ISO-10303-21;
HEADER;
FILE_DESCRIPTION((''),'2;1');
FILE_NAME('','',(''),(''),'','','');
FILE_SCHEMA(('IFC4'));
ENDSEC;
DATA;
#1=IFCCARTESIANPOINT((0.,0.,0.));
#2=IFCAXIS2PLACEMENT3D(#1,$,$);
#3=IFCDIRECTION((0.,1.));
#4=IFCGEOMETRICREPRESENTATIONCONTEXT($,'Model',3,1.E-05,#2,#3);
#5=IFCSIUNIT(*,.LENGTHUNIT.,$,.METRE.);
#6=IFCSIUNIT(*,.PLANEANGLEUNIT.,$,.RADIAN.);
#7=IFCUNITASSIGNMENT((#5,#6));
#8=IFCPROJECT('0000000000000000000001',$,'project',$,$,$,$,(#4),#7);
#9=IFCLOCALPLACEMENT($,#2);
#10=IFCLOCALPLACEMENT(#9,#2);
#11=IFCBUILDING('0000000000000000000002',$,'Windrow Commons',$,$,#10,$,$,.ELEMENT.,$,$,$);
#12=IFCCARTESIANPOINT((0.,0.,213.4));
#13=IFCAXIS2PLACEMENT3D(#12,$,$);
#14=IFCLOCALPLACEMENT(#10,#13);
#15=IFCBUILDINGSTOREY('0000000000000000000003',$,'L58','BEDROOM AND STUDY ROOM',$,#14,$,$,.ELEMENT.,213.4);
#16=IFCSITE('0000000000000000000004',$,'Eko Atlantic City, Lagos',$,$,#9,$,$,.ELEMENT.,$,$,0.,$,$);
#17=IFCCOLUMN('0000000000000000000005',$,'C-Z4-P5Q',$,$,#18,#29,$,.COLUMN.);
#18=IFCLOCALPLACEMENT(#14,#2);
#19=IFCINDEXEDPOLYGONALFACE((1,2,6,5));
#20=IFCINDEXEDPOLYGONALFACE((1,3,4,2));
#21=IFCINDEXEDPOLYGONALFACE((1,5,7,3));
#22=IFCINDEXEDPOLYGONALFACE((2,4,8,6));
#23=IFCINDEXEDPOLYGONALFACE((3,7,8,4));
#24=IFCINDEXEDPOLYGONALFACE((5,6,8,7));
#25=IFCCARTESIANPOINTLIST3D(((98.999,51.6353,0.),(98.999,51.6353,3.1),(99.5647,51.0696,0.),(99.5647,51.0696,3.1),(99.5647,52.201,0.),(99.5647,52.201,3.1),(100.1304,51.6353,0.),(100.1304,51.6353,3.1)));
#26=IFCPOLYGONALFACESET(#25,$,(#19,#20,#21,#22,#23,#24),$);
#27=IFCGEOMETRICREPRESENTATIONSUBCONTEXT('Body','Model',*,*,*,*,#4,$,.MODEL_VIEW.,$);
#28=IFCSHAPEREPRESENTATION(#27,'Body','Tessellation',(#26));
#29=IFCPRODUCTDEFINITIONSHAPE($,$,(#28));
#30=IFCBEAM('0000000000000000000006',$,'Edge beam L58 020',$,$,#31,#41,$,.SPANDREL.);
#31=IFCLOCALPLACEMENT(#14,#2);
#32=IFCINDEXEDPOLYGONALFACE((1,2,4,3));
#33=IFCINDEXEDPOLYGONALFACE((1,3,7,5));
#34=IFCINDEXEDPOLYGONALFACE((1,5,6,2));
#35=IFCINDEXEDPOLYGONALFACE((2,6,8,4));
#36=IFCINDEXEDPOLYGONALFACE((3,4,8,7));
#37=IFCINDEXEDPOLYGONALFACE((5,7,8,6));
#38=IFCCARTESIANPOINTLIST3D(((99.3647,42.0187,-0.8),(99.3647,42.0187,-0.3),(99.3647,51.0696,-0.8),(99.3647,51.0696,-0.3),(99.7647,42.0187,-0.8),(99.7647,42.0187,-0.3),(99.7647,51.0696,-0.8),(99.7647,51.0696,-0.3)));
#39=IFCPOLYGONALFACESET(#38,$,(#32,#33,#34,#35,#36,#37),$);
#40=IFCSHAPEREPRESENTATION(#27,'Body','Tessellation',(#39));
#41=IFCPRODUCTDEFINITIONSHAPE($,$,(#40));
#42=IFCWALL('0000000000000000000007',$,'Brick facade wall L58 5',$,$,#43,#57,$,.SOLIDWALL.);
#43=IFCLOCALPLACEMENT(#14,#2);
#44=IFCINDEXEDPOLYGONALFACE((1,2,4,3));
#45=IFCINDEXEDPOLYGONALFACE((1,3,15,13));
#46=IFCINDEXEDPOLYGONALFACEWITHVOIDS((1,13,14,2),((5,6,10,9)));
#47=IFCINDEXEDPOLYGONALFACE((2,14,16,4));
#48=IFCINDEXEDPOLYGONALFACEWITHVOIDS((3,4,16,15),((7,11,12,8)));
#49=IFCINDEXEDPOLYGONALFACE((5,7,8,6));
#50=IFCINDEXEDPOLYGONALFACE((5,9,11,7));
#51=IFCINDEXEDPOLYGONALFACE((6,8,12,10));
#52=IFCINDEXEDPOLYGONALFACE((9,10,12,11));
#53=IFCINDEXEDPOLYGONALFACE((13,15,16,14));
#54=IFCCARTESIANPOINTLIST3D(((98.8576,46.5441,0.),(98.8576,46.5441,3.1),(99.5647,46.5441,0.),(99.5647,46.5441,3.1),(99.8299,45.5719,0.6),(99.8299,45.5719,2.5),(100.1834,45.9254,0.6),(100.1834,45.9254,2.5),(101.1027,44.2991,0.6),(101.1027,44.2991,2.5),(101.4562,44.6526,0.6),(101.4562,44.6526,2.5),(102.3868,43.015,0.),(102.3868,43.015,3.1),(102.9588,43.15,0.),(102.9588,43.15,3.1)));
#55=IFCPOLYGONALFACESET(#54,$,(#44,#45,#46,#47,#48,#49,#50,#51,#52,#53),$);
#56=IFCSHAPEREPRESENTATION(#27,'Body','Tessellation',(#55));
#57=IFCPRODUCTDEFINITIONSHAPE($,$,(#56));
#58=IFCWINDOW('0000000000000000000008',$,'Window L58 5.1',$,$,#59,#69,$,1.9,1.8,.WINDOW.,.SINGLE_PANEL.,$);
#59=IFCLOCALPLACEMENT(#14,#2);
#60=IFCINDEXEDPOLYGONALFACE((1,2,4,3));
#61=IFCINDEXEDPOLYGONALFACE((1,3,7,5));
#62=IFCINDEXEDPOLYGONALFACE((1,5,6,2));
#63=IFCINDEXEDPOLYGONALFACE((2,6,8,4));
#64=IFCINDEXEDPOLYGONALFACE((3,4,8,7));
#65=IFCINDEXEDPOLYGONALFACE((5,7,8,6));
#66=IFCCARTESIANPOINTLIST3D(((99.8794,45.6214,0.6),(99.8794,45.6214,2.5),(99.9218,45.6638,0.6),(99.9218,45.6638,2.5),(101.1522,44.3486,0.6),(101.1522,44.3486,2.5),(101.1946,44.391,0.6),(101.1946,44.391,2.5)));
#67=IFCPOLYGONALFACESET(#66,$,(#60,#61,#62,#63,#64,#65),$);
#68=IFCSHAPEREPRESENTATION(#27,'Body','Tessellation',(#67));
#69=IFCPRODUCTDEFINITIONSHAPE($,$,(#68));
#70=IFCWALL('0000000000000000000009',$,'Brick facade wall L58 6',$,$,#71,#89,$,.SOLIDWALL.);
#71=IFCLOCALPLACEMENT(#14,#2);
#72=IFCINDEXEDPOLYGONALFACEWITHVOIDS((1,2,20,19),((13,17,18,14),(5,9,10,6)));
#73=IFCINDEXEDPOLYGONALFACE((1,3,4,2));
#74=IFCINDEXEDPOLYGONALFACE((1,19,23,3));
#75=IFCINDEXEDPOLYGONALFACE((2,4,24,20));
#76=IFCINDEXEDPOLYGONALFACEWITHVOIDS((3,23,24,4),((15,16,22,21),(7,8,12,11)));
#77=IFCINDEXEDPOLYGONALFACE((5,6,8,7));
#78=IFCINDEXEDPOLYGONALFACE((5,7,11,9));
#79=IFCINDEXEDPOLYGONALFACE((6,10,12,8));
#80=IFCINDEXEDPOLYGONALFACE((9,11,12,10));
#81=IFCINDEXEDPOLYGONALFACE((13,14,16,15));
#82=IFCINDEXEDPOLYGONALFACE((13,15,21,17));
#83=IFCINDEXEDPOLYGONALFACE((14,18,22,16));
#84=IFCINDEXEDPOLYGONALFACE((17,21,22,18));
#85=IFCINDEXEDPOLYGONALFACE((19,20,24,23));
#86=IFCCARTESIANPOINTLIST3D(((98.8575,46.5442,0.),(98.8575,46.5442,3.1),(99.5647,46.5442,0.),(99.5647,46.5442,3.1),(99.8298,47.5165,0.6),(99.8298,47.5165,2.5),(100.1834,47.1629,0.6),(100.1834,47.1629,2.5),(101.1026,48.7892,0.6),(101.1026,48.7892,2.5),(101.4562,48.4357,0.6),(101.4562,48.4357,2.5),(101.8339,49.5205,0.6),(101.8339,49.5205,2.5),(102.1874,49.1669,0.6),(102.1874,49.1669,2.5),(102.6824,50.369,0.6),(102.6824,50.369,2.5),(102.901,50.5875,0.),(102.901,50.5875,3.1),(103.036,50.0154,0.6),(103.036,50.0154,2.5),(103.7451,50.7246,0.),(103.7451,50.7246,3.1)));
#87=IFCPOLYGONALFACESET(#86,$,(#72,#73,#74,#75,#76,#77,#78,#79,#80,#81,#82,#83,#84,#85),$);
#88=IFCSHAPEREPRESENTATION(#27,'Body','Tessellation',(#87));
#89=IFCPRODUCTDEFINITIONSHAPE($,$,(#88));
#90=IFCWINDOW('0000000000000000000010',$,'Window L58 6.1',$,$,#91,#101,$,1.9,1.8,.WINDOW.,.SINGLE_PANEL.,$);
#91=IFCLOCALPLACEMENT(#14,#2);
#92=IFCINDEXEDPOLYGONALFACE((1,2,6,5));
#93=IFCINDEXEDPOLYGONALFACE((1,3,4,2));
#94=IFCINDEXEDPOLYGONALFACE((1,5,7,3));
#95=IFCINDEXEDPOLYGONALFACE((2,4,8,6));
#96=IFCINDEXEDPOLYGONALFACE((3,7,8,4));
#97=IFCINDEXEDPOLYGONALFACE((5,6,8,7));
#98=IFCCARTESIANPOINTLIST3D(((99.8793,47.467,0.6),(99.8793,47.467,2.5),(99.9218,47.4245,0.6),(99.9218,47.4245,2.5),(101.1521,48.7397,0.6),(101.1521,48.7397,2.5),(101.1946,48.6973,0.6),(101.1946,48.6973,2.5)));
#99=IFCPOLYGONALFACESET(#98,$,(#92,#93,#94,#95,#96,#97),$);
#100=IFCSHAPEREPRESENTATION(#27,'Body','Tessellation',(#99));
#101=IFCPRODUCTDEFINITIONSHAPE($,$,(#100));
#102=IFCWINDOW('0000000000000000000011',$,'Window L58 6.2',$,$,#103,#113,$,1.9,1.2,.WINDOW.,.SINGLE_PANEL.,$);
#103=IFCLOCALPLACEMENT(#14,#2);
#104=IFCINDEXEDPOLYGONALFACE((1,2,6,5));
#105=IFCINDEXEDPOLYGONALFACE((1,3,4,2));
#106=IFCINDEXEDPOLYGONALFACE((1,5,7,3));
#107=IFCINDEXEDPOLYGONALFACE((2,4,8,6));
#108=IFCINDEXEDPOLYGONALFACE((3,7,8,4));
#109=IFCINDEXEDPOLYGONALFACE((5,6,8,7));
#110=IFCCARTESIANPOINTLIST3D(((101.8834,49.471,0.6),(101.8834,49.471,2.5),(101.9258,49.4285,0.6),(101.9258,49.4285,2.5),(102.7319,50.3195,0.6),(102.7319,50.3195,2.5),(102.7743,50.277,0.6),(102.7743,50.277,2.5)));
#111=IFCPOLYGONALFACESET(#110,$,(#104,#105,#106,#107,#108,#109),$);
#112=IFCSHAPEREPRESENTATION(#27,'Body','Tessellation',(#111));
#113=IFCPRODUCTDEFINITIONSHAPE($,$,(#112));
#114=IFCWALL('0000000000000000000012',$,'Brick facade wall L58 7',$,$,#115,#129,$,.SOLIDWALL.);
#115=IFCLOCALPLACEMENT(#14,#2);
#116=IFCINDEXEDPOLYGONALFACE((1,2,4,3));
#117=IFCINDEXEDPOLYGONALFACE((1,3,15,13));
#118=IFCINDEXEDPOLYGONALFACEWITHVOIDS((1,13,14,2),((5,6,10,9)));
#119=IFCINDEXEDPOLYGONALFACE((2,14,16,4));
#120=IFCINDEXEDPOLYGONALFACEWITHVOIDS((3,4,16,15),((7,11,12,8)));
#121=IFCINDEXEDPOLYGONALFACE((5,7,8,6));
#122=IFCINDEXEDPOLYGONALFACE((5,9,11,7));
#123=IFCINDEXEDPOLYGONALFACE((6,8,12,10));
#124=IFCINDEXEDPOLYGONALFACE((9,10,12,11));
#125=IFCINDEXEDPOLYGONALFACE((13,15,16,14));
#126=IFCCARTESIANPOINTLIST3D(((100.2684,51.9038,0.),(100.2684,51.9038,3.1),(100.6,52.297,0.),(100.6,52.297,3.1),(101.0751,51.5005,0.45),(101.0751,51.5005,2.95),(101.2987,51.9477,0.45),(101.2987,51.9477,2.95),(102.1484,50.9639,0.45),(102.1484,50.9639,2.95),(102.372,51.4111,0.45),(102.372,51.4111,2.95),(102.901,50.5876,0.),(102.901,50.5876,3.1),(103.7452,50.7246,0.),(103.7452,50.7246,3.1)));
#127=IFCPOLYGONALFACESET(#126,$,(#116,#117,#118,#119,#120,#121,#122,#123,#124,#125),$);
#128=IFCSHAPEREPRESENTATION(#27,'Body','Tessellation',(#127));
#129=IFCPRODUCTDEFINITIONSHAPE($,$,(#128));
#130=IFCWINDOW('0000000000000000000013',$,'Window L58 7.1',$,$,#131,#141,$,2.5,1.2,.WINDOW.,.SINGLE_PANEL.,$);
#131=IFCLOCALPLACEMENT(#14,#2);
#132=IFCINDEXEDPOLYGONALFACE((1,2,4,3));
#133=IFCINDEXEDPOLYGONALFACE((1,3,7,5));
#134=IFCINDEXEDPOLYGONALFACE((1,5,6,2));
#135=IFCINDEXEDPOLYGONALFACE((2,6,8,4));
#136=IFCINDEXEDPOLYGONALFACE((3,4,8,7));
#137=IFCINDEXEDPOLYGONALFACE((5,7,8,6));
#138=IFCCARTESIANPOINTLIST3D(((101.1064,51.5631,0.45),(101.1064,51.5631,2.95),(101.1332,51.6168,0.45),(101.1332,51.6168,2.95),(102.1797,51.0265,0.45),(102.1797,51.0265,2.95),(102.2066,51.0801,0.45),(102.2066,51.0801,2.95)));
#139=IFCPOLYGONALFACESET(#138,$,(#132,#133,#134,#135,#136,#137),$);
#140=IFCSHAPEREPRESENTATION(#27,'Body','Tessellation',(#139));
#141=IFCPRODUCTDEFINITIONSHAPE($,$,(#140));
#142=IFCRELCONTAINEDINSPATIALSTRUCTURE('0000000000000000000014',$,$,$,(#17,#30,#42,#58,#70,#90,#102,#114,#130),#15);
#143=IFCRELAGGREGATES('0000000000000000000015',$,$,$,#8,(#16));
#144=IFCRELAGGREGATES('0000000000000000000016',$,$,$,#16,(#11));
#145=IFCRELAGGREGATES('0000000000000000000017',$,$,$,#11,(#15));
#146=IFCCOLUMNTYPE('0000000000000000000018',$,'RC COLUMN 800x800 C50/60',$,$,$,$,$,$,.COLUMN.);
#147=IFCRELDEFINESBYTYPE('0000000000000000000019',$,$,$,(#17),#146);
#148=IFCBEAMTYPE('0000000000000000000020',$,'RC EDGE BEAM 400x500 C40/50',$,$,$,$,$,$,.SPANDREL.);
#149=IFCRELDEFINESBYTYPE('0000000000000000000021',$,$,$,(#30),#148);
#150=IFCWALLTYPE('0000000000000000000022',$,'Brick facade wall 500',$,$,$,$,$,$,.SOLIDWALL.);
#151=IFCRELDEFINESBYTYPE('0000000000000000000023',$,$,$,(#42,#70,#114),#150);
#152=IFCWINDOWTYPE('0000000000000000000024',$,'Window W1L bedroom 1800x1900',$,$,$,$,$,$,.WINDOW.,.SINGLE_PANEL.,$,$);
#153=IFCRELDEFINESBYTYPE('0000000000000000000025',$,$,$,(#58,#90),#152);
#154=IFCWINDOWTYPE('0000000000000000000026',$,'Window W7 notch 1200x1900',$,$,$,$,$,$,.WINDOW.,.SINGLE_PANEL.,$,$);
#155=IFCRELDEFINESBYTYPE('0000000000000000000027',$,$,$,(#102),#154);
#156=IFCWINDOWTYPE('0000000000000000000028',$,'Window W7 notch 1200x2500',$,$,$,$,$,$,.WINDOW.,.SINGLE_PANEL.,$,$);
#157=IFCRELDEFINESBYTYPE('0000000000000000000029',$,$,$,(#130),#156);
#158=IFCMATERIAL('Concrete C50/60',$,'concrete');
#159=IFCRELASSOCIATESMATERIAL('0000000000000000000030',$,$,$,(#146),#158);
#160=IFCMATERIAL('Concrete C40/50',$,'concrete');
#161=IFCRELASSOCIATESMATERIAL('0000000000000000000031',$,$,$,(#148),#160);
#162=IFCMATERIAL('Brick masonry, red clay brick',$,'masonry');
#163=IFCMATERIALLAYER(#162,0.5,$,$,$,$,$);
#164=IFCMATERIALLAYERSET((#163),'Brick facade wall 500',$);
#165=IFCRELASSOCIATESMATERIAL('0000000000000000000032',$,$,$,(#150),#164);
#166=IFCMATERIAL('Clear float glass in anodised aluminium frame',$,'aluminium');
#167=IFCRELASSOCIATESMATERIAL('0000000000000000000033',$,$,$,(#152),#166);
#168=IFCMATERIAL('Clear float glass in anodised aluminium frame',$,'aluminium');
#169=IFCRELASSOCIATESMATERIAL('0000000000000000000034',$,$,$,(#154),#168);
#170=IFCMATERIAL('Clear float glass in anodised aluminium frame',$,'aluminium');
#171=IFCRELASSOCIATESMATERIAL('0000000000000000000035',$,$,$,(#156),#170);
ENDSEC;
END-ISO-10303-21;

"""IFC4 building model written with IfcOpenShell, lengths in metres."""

from ifc_helpers import new_model, si_unit, direction, frame, frame_2d, origin, origin_2d, place, context, subcontext, project, spatial, polyline, rectangle, outline, extrude, material, layer, layer_set, material_profile, profile_set, type_object, element, fill, save


model = new_model("IFC4")

# Units and contexts
model_context = context("Model", 3, precision=1e-05, world=origin(), true_north=direction((0.0, 1.0)))
body_context = subcontext(model_context, "Body", "Model", "MODEL_VIEW")
ifc_project = project(units=[si_unit("LENGTHUNIT", "METRE"), si_unit("PLANEANGLEUNIT", "RADIAN")], contexts=[model_context])

# Site, building, storey
site_placement = place(None, origin())
site = spatial("IfcSite", under=ifc_project, at=site_placement, Name="Eko Atlantic City, Lagos", CompositionType="ELEMENT", RefElevation=0.0)
building_placement = place(site_placement, origin())
building = spatial("IfcBuilding", under=site, at=building_placement, Name="Windrow Commons", CompositionType="ELEMENT")
storey_placement = place(building_placement, frame((0.0, 0.0, 213.4)))
storey = spatial("IfcBuildingStorey", under=building, at=storey_placement, Name="L58", Description="BEDROOM AND STUDY ROOM", CompositionType="ELEMENT", Elevation=213.4)

# Column
ifc_material_1 = material(Name="Concrete C50/60", Category="concrete")
ifc_material_profile_1 = material_profile(ifc_material_1, rectangle(XDim=0.8, YDim=0.8, at=origin_2d()))
ifc_profile_set_1 = profile_set([ifc_material_profile_1], Name="Concrete C50/60")
column_type = type_object("IfcColumnType", Name="RC COLUMN 800x800 C50/60", PredefinedType="COLUMN", material=ifc_profile_set_1)
column_placement = place(storey_placement, frame((99.5647, 51.6353, 0.0), z_axis=(0.0, 0.0, 1.0), x_axis=(0.707107, -0.707107, 0.0)))
element("IfcColumn", 1, at=column_placement, inside=storey, type_object=column_type, Name="C-Z4-P5Q", PredefinedType="COLUMN", context=body_context, shape_type="SweptSolid", body=[
    extrude(rectangle(XDim=0.8, YDim=0.8, at=origin_2d()), origin(), (0.0, 0.0, 1.0), 3.1),
])

# Beam
ifc_material_2 = material(Name="Concrete C40/50", Category="concrete")
ifc_material_profile_2 = material_profile(ifc_material_2, rectangle(XDim=0.4, YDim=0.5, at=origin_2d()))
ifc_profile_set_2 = profile_set([ifc_material_profile_2], Name="Concrete C40/50")
beam_type = type_object("IfcBeamType", Name="RC EDGE BEAM 400x500 C40/50", PredefinedType="SPANDREL", material=ifc_profile_set_2)
beam_placement = place(storey_placement, frame((99.5647, 51.0696, -0.55), z_axis=(0.0, -1.0, 0.0), x_axis=(1.0, 0.0, 0.0)))
element("IfcBeam", 2, at=beam_placement, inside=storey, type_object=beam_type, Name="Edge beam L58 020", PredefinedType="SPANDREL", context=body_context, shape_type="SweptSolid", body=[
    extrude(rectangle(XDim=0.4, YDim=0.5, at=origin_2d()), origin(), (0.0, 0.0, 1.0), 9.0509),
])

# Wall, opening, window
ifc_material_3 = material(Name="Brick masonry, red clay brick", Category="masonry")
ifc_layer_1 = layer(ifc_material_3, 0.5)
ifc_layer_set_1 = layer_set([ifc_layer_1], Name="Brick facade wall 500")
wall_type_1 = type_object("IfcWallType", Name="Brick facade wall 500", PredefinedType="SOLIDWALL", material=ifc_layer_set_1)
wall_1_placement = place(storey_placement, frame((102.6728, 43.0825, 0.0), z_axis=(0.0, 0.0, 1.0), x_axis=(-0.707107, 0.707107, 0.0)))
wall_1 = element("IfcWall", 3, at=wall_1_placement, inside=storey, type_object=wall_type_1, Name="Brick facade wall L58 5", PredefinedType="SOLIDWALL", context=body_context, shape_type="SweptSolid", body=[
    extrude(outline(polyline([(-0.1545, -0.25), (4.6455, -0.25), (5.1455, 0.25), (0.1545, 0.25), (-0.1545, -0.25)])), origin(), (0.0, 0.0, 1.0), 3.1),
])
opening_1_placement = place(wall_1_placement, frame((1.9705, 0.0, 0.6)))
opening_1 = element("IfcOpeningElement", 4, at=opening_1_placement, cuts=wall_1, PredefinedType="OPENING", context=body_context, shape_type="SweptSolid", body=[
    extrude(rectangle(XDim=1.8, YDim=1.9, at=frame_2d((0.9, 0.95))), frame((0.0, 0.26, 0.0), z_axis=(0.0, -1.0, 0.0), x_axis=(1.0, 0.0, 0.0)), (0.0, 0.0, 1.0), 0.52),
])
ifc_material_4 = material(Name="Clear float glass in anodised aluminium frame", Category="aluminium")
window_type_1 = type_object("IfcWindowType", Name="Window W1L bedroom 1800x1900", PartitioningType="SINGLE_PANEL", PredefinedType="WINDOW", material=ifc_material_4)
window_1_placement = place(opening_1_placement, origin())
window_1 = element("IfcWindow", 5, at=window_1_placement, inside=storey, type_object=window_type_1, Name="Window L58 5.1", OverallHeight=1.9, OverallWidth=1.8, PartitioningType="SINGLE_PANEL", PredefinedType="WINDOW", context=body_context, shape_type="SweptSolid", body=[
    extrude(rectangle(XDim=1.8, YDim=1.9, at=frame_2d((0.9, 0.95))), frame((0.0, 0.18, 0.0), z_axis=(0.0, -1.0, 0.0), x_axis=(1.0, 0.0, 0.0)), (0.0, 0.0, 1.0), 0.06),
])
fill(opening_1, window_1)

# Wall, openings, windows
wall_2_placement = place(storey_placement, frame((99.2111, 46.5442, 0.0), z_axis=(0.0, 0.0, 1.0), x_axis=(0.707115, 0.707098, 0.0)))
wall_2 = element("IfcWall", 6, at=wall_2_placement, inside=storey, type_object=wall_type_1, Name="Brick facade wall L58 6", PredefinedType="SOLIDWALL", context=body_context, shape_type="SweptSolid", body=[
    extrude(outline(polyline([(0.25, -0.25), (6.162, -0.25), (5.4682, 0.25), (-0.25, 0.25), (0.25, -0.25)])), origin(), (0.0, 0.0, 1.0), 3.1),
])
opening_2_placement = place(wall_2_placement, frame((1.125, 0.0, 0.6)))
opening_2 = element("IfcOpeningElement", 7, at=opening_2_placement, cuts=wall_2, PredefinedType="OPENING", context=body_context, shape_type="SweptSolid", body=[
    extrude(rectangle(XDim=1.8, YDim=1.9, at=frame_2d((0.9, 0.95))), frame((0.0, 0.26, 0.0), z_axis=(0.0, -1.0, 0.0), x_axis=(1.0, 0.0, 0.0)), (0.0, 0.0, 1.0), 0.52),
])
opening_3_placement = place(wall_2_placement, frame((3.9591, 0.0, 0.6)))
opening_3 = element("IfcOpeningElement", 8, at=opening_3_placement, cuts=wall_2, PredefinedType="OPENING", context=body_context, shape_type="SweptSolid", body=[
    extrude(rectangle(XDim=1.2, YDim=1.9, at=frame_2d((0.6, 0.95))), frame((0.0, 0.26, 0.0), z_axis=(0.0, -1.0, 0.0), x_axis=(1.0, 0.0, 0.0)), (0.0, 0.0, 1.0), 0.52),
])
window_2_placement = place(opening_2_placement, origin())
window_2 = element("IfcWindow", 9, at=window_2_placement, inside=storey, type_object=window_type_1, Name="Window L58 6.1", OverallHeight=1.9, OverallWidth=1.8, PartitioningType="SINGLE_PANEL", PredefinedType="WINDOW", context=body_context, shape_type="SweptSolid", body=[
    extrude(rectangle(XDim=1.8, YDim=1.9, at=frame_2d((0.9, 0.95))), frame((0.0, 0.18, 0.0), z_axis=(0.0, -1.0, 0.0), x_axis=(1.0, 0.0, 0.0)), (0.0, 0.0, 1.0), 0.06),
])
fill(opening_2, window_2)
ifc_material_5 = material(Name="Clear float glass in anodised aluminium frame", Category="aluminium")
window_type_2 = type_object("IfcWindowType", Name="Window W7 notch 1200x1900", PartitioningType="SINGLE_PANEL", PredefinedType="WINDOW", material=ifc_material_5)
window_3_placement = place(opening_3_placement, origin())
window_3 = element("IfcWindow", 10, at=window_3_placement, inside=storey, type_object=window_type_2, Name="Window L58 6.2", OverallHeight=1.9, OverallWidth=1.2, PartitioningType="SINGLE_PANEL", PredefinedType="WINDOW", context=body_context, shape_type="SweptSolid", body=[
    extrude(rectangle(XDim=1.2, YDim=1.9, at=frame_2d((0.6, 0.95))), frame((0.0, 0.18, 0.0), z_axis=(0.0, -1.0, 0.0), x_axis=(1.0, 0.0, 0.0)), (0.0, 0.0, 1.0), 0.06),
])
fill(opening_3, window_3)

# Wall, opening, window
wall_3_placement = place(storey_placement, frame((103.3231, 50.6561, 0.0), z_axis=(0.0, 0.0, 1.0), x_axis=(-0.894446, 0.447176, 0.0)))
wall_3 = element("IfcWall", 11, at=wall_3_placement, inside=storey, type_object=wall_type_1, Name="Brick facade wall L58 7", PredefinedType="SOLIDWALL", context=body_context, shape_type="SweptSolid", body=[
    extrude(outline(polyline([(-0.3469, -0.25), (3.1694, -0.25), (3.2902, 0.25), (0.3469, 0.25), (-0.3469, -0.25)])), origin(), (0.0, 0.0, 1.0), 3.1),
])
opening_4_placement = place(wall_3_placement, frame((1.1883, 0.0, 0.45)))
opening_4 = element("IfcOpeningElement", 12, at=opening_4_placement, cuts=wall_3, PredefinedType="OPENING", context=body_context, shape_type="SweptSolid", body=[
    extrude(rectangle(XDim=1.2, YDim=2.5, at=frame_2d((0.6, 1.25))), frame((0.0, 0.26, 0.0), z_axis=(0.0, -1.0, 0.0), x_axis=(1.0, 0.0, 0.0)), (0.0, 0.0, 1.0), 0.52),
])
ifc_material_6 = material(Name="Clear float glass in anodised aluminium frame", Category="aluminium")
window_type_3 = type_object("IfcWindowType", Name="Window W7 notch 1200x2500", PartitioningType="SINGLE_PANEL", PredefinedType="WINDOW", material=ifc_material_6)
window_4_placement = place(opening_4_placement, origin())
window_4 = element("IfcWindow", 13, at=window_4_placement, inside=storey, type_object=window_type_3, Name="Window L58 7.1", OverallHeight=2.5, OverallWidth=1.2, PartitioningType="SINGLE_PANEL", PredefinedType="WINDOW", context=body_context, shape_type="SweptSolid", body=[
    extrude(rectangle(XDim=1.2, YDim=2.5, at=frame_2d((0.6, 1.25))), frame((0.0, 0.18, 0.0), z_axis=(0.0, -1.0, 0.0), x_axis=(1.0, 0.0, 0.0)), (0.0, 0.0, 1.0), 0.06),
])
fill(opening_4, window_4)

save(model, "model.ifc")
